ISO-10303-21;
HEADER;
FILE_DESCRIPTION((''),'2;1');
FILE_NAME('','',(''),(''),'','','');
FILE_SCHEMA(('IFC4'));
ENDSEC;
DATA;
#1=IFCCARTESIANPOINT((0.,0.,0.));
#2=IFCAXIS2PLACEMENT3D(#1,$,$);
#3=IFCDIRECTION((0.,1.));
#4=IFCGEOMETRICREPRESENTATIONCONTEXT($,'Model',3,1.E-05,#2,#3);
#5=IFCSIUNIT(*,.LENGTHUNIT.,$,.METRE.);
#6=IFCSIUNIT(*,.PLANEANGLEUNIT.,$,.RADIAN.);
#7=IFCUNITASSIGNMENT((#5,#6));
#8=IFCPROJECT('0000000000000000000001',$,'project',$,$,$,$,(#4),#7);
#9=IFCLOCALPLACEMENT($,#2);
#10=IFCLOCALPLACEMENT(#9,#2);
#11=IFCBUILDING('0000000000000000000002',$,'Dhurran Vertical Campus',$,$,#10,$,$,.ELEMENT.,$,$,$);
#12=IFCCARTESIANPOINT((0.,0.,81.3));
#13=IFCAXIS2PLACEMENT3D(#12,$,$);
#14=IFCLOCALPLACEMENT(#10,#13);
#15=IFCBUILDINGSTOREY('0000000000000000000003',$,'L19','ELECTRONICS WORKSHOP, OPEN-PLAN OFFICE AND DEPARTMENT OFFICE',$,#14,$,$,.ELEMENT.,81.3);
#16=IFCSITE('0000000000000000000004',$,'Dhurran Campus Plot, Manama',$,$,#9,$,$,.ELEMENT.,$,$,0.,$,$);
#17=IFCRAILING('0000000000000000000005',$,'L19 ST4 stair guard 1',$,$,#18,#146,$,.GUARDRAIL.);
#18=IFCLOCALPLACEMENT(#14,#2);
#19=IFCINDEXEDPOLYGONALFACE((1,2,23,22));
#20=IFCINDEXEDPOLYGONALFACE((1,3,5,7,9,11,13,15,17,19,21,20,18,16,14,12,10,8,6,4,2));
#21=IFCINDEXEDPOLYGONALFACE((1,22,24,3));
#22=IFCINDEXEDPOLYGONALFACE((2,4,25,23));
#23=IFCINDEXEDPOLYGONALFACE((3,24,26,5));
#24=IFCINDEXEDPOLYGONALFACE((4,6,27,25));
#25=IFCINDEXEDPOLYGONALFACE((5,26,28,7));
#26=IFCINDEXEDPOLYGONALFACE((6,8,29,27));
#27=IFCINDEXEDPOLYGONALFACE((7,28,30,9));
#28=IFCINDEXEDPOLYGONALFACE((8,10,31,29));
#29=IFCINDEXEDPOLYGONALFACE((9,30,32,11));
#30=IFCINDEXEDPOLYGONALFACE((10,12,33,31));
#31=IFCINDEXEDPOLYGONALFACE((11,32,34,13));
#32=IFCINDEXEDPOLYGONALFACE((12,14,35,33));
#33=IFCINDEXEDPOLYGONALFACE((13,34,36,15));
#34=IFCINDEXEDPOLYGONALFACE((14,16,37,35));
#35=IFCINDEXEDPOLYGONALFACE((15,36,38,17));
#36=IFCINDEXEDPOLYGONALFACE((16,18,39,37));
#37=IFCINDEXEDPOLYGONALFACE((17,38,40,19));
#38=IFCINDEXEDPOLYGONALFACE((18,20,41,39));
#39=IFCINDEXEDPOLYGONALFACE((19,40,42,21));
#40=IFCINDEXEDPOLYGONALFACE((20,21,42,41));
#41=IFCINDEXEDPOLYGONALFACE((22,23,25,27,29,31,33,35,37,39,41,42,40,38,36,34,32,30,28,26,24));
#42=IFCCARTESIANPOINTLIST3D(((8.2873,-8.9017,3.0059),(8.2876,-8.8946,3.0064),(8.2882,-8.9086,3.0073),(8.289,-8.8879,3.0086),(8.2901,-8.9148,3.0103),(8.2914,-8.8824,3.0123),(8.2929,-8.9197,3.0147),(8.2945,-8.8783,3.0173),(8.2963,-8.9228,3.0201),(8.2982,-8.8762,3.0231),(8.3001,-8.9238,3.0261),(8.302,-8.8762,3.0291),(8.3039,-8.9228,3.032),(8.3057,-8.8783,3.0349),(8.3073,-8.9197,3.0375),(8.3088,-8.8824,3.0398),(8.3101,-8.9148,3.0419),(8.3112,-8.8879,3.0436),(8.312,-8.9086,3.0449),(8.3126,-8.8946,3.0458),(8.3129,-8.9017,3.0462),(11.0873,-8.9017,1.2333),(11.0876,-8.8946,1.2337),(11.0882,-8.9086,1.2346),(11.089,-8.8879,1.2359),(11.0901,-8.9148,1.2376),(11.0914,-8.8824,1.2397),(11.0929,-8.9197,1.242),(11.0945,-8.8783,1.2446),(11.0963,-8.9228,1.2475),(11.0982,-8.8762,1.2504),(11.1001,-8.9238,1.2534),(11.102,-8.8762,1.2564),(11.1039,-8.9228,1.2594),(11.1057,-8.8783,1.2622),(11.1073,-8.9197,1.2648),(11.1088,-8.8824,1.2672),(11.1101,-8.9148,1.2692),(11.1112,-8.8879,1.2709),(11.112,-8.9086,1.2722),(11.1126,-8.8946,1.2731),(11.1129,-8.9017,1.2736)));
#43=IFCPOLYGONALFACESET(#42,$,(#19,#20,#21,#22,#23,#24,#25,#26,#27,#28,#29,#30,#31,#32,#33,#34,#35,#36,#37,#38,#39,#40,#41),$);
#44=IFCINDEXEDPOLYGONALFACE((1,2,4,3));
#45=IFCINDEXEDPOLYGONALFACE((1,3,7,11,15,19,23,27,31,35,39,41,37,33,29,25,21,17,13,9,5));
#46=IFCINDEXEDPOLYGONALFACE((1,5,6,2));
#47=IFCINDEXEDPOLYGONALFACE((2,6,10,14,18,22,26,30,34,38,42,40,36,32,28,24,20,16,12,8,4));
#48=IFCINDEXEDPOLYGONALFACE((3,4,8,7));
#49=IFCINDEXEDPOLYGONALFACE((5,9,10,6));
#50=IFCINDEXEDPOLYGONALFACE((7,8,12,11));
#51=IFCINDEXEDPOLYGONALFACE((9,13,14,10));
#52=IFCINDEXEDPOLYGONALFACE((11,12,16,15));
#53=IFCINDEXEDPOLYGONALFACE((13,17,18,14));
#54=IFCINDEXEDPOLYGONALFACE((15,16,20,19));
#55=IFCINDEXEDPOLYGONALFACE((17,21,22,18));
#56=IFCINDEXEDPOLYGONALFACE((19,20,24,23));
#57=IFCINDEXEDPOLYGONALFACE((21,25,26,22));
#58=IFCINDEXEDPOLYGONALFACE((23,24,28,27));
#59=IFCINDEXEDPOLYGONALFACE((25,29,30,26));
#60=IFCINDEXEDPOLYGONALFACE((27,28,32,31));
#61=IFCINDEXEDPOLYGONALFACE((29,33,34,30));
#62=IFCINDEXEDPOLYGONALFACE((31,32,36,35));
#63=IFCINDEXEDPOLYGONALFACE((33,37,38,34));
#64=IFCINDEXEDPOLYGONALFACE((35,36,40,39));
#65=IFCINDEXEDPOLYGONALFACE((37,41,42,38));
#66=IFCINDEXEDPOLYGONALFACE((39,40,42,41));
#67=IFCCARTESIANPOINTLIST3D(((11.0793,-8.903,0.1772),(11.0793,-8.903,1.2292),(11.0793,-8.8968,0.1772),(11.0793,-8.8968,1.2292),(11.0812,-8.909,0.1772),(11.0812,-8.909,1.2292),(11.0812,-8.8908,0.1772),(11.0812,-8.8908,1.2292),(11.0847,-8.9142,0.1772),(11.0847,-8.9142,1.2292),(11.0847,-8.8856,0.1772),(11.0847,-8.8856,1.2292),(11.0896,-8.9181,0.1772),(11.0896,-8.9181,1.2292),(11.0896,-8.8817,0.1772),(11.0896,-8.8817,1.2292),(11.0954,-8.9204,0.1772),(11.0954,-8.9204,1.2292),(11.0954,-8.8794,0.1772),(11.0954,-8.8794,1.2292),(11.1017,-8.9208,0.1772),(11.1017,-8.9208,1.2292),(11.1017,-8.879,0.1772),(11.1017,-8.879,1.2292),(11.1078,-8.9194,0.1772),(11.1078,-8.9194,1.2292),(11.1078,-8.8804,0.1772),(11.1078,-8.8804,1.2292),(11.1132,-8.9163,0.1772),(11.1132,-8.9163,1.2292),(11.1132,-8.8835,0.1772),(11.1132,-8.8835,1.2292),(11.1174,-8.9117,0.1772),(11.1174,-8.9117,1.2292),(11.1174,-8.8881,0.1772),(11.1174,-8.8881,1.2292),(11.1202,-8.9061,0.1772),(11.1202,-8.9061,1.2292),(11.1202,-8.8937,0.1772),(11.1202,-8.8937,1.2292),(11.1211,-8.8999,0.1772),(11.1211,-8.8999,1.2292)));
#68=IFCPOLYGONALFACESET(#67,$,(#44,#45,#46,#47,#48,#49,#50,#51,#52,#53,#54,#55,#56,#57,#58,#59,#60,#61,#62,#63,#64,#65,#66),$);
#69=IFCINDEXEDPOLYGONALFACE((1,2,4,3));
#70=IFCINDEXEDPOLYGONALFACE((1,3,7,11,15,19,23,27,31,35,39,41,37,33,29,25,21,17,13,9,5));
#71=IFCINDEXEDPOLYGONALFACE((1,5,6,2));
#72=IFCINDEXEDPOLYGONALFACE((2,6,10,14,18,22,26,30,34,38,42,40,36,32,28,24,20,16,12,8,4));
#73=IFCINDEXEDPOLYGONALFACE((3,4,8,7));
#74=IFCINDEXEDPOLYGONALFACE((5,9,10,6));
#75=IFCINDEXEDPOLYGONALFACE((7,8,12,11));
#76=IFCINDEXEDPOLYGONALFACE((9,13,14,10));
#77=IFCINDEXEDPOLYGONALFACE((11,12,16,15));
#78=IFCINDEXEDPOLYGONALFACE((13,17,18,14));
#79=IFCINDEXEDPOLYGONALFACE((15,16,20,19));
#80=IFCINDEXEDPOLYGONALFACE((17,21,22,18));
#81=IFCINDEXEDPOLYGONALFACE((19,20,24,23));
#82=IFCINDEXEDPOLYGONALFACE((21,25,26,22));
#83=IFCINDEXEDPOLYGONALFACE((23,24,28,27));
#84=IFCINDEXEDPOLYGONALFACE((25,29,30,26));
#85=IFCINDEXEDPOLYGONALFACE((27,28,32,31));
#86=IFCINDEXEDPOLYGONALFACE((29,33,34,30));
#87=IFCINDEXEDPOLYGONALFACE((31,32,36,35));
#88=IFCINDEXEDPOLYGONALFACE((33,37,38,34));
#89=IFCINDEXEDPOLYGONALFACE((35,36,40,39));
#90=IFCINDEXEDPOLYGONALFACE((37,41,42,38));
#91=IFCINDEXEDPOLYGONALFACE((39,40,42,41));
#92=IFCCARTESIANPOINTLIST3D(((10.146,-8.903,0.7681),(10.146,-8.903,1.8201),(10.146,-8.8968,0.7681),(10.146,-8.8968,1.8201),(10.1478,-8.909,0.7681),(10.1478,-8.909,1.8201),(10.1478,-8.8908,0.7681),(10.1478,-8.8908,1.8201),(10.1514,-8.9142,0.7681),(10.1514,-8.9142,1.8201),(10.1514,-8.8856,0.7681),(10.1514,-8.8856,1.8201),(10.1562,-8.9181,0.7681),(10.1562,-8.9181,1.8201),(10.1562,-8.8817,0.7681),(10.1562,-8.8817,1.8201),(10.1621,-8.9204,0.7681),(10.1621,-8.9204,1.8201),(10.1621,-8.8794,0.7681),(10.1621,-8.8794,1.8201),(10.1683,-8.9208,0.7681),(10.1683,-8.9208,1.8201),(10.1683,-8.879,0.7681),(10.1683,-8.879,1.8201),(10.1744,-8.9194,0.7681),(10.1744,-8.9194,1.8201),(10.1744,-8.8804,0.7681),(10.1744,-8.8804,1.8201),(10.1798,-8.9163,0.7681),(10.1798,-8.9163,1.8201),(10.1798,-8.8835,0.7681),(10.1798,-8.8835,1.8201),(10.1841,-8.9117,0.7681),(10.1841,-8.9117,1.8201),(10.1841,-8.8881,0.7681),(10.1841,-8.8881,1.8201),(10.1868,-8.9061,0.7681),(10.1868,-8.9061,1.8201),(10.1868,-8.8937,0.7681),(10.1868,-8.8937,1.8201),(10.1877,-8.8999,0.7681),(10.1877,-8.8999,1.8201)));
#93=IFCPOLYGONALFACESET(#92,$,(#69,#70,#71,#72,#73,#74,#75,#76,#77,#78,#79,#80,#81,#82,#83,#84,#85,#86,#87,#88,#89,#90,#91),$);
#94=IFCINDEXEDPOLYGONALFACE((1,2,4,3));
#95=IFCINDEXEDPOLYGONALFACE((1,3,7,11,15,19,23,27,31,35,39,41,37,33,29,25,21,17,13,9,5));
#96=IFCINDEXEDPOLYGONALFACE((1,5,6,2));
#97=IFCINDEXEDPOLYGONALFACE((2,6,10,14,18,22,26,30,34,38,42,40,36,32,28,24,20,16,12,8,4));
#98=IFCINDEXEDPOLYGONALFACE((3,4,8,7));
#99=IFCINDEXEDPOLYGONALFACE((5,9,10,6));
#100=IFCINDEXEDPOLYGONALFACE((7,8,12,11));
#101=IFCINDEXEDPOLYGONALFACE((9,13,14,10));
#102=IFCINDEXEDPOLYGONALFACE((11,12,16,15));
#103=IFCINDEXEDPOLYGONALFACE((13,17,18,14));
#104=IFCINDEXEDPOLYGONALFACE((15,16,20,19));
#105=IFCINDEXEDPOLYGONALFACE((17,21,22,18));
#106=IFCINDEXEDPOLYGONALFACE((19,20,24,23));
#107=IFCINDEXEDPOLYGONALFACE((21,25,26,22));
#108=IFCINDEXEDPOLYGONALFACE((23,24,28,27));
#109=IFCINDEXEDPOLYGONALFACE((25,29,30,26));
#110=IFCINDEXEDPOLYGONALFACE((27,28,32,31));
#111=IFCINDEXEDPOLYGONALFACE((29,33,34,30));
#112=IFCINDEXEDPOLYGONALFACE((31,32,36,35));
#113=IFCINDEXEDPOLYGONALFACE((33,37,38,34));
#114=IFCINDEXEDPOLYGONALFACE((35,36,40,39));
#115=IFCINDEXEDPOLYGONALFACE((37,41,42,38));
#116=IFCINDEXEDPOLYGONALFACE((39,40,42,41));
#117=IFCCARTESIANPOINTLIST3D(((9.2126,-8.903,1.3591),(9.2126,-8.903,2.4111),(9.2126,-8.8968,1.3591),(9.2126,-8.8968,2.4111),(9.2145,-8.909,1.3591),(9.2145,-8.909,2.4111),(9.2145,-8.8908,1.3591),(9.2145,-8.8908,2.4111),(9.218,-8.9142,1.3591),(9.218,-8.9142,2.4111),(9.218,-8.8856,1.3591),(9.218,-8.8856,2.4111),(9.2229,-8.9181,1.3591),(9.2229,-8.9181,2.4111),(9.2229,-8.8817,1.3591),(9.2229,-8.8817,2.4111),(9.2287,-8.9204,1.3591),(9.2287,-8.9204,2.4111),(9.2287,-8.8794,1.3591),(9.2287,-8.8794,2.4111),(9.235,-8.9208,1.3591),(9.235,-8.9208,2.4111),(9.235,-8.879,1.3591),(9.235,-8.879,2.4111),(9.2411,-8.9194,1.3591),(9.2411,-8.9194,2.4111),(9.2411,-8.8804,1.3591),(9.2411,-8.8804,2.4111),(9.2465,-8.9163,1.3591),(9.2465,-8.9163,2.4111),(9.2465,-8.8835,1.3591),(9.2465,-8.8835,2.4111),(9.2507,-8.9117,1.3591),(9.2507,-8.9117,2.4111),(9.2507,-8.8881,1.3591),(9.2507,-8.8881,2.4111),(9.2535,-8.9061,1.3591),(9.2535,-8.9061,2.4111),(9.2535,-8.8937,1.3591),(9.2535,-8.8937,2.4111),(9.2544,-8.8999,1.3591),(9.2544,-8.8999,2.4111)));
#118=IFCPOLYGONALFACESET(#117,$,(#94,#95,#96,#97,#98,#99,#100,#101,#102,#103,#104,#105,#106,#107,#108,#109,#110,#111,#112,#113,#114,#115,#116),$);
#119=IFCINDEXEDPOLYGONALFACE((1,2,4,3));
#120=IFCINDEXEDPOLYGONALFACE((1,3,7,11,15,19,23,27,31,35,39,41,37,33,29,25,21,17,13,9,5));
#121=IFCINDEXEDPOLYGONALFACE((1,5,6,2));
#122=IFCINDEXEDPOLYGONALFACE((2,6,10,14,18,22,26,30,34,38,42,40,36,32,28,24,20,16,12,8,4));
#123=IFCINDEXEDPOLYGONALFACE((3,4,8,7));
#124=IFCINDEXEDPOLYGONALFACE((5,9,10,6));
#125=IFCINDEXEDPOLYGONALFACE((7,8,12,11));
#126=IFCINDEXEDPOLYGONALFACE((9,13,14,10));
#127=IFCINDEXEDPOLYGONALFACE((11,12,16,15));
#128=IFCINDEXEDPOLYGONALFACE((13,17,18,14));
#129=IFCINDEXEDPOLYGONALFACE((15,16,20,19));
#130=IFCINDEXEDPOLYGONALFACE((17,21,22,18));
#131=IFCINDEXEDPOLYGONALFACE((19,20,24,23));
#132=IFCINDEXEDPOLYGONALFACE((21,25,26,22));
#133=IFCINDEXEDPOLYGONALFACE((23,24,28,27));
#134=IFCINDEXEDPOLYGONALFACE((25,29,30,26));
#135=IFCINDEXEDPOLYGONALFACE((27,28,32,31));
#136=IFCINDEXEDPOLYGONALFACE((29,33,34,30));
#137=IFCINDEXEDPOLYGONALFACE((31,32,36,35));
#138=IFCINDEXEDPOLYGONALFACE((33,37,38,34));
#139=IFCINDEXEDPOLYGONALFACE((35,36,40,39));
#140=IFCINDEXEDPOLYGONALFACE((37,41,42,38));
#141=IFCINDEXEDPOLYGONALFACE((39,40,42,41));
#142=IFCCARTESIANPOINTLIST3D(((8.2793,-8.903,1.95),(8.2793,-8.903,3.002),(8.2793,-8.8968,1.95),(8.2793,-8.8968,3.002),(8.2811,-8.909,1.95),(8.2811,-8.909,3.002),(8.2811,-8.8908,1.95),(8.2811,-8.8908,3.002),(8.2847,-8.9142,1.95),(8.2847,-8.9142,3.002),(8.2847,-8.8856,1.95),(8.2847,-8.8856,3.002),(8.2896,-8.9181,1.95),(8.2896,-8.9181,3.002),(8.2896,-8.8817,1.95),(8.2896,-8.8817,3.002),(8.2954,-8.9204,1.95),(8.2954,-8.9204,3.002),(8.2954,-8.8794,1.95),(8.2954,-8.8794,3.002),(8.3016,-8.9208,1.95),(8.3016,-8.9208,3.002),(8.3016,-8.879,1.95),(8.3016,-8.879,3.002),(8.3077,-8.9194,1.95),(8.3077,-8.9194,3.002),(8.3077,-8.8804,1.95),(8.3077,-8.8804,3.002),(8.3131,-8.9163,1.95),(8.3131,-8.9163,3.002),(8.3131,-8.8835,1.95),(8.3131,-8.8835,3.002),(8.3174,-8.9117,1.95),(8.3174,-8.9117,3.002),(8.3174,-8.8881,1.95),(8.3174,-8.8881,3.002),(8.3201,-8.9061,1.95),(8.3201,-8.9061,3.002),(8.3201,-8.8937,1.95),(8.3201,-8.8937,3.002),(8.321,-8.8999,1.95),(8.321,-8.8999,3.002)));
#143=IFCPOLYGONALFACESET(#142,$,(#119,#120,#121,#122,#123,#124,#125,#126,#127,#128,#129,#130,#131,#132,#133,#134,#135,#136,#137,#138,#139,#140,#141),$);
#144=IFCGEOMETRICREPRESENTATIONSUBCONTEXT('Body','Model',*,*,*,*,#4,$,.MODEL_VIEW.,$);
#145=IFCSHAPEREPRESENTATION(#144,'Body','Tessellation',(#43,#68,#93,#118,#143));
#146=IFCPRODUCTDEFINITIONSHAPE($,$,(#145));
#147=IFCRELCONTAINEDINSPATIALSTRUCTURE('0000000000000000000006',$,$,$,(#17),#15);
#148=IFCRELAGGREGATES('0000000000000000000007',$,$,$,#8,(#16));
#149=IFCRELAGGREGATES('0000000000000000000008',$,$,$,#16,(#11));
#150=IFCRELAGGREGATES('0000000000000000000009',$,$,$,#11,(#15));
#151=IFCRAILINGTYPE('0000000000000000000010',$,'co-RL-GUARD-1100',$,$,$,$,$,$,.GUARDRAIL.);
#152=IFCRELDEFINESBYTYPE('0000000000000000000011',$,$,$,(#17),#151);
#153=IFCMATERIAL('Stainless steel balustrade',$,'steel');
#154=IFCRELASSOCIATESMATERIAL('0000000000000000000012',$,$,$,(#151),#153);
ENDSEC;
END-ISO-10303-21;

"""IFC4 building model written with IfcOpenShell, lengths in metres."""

from ifc_helpers import new_model, si_unit, direction, frame, origin, origin_2d, place, context, subcontext, project, spatial, circle, extrude, material, type_object, element, save


model = new_model("IFC4")

# Units and contexts
model_context = context("Model", 3, precision=1e-05, world=origin(), true_north=direction((0.0, 1.0)))
body_context = subcontext(model_context, "Body", "Model", "MODEL_VIEW")
ifc_project = project(units=[si_unit("LENGTHUNIT", "METRE"), si_unit("PLANEANGLEUNIT", "RADIAN")], contexts=[model_context])

# Site, building, storey
site_placement = place(None, origin())
site = spatial("IfcSite", under=ifc_project, at=site_placement, Name="Dhurran Campus Plot, Manama", CompositionType="ELEMENT", RefElevation=0.0)
building_placement = place(site_placement, origin())
building = spatial("IfcBuilding", under=site, at=building_placement, Name="Dhurran Vertical Campus", CompositionType="ELEMENT")
storey_placement = place(building_placement, frame((0.0, 0.0, 81.3)))
storey = spatial("IfcBuildingStorey", under=building, at=storey_placement, Name="L19", Description="ELECTRONICS WORKSHOP, OPEN-PLAN OFFICE AND DEPARTMENT OFFICE", CompositionType="ELEMENT", Elevation=81.3)

# Railing
ifc_material_1 = material(Name="Stainless steel balustrade", Category="steel")
railing_type_1 = type_object("IfcRailingType", Name="co-RL-GUARD-1100", PredefinedType="GUARDRAIL", material=ifc_material_1)
railing_1_placement = place(storey_placement, frame((11.1001, -8.8999, 0.1772)))
element("IfcRailing", 1, at=railing_1_placement, inside=storey, type_object=railing_type_1, Name="L19 ST4 stair guard 1", PredefinedType="GUARDRAIL", context=body_context, shape_type="SweptSolid", body=[
    extrude(circle(Radius=0.0239, at=origin_2d()), frame((0.0, 0.0, 1.0762), z_axis=(-0.844909, 0.0, 0.53491), x_axis=(0.0, -1.0, 0.0)), (0.0, 0.0, 1.0), 3.314),
    extrude(circle(Radius=0.021, at=origin_2d()), origin(), (0.0, 0.0, 1.0), 1.052),
    extrude(circle(Radius=0.021, at=origin_2d()), frame((-0.9333, 0.0, 0.5908)), (0.0, 0.0, 1.0), 1.052),
    extrude(circle(Radius=0.021, at=origin_2d()), frame((-1.8667, 0.0, 1.1819)), (0.0, 0.0, 1.0), 1.052),
    extrude(circle(Radius=0.021, at=origin_2d()), frame((-2.8, 0.0, 1.7727)), (0.0, 0.0, 1.0), 1.052),
])

save(model, "model.ifc")
